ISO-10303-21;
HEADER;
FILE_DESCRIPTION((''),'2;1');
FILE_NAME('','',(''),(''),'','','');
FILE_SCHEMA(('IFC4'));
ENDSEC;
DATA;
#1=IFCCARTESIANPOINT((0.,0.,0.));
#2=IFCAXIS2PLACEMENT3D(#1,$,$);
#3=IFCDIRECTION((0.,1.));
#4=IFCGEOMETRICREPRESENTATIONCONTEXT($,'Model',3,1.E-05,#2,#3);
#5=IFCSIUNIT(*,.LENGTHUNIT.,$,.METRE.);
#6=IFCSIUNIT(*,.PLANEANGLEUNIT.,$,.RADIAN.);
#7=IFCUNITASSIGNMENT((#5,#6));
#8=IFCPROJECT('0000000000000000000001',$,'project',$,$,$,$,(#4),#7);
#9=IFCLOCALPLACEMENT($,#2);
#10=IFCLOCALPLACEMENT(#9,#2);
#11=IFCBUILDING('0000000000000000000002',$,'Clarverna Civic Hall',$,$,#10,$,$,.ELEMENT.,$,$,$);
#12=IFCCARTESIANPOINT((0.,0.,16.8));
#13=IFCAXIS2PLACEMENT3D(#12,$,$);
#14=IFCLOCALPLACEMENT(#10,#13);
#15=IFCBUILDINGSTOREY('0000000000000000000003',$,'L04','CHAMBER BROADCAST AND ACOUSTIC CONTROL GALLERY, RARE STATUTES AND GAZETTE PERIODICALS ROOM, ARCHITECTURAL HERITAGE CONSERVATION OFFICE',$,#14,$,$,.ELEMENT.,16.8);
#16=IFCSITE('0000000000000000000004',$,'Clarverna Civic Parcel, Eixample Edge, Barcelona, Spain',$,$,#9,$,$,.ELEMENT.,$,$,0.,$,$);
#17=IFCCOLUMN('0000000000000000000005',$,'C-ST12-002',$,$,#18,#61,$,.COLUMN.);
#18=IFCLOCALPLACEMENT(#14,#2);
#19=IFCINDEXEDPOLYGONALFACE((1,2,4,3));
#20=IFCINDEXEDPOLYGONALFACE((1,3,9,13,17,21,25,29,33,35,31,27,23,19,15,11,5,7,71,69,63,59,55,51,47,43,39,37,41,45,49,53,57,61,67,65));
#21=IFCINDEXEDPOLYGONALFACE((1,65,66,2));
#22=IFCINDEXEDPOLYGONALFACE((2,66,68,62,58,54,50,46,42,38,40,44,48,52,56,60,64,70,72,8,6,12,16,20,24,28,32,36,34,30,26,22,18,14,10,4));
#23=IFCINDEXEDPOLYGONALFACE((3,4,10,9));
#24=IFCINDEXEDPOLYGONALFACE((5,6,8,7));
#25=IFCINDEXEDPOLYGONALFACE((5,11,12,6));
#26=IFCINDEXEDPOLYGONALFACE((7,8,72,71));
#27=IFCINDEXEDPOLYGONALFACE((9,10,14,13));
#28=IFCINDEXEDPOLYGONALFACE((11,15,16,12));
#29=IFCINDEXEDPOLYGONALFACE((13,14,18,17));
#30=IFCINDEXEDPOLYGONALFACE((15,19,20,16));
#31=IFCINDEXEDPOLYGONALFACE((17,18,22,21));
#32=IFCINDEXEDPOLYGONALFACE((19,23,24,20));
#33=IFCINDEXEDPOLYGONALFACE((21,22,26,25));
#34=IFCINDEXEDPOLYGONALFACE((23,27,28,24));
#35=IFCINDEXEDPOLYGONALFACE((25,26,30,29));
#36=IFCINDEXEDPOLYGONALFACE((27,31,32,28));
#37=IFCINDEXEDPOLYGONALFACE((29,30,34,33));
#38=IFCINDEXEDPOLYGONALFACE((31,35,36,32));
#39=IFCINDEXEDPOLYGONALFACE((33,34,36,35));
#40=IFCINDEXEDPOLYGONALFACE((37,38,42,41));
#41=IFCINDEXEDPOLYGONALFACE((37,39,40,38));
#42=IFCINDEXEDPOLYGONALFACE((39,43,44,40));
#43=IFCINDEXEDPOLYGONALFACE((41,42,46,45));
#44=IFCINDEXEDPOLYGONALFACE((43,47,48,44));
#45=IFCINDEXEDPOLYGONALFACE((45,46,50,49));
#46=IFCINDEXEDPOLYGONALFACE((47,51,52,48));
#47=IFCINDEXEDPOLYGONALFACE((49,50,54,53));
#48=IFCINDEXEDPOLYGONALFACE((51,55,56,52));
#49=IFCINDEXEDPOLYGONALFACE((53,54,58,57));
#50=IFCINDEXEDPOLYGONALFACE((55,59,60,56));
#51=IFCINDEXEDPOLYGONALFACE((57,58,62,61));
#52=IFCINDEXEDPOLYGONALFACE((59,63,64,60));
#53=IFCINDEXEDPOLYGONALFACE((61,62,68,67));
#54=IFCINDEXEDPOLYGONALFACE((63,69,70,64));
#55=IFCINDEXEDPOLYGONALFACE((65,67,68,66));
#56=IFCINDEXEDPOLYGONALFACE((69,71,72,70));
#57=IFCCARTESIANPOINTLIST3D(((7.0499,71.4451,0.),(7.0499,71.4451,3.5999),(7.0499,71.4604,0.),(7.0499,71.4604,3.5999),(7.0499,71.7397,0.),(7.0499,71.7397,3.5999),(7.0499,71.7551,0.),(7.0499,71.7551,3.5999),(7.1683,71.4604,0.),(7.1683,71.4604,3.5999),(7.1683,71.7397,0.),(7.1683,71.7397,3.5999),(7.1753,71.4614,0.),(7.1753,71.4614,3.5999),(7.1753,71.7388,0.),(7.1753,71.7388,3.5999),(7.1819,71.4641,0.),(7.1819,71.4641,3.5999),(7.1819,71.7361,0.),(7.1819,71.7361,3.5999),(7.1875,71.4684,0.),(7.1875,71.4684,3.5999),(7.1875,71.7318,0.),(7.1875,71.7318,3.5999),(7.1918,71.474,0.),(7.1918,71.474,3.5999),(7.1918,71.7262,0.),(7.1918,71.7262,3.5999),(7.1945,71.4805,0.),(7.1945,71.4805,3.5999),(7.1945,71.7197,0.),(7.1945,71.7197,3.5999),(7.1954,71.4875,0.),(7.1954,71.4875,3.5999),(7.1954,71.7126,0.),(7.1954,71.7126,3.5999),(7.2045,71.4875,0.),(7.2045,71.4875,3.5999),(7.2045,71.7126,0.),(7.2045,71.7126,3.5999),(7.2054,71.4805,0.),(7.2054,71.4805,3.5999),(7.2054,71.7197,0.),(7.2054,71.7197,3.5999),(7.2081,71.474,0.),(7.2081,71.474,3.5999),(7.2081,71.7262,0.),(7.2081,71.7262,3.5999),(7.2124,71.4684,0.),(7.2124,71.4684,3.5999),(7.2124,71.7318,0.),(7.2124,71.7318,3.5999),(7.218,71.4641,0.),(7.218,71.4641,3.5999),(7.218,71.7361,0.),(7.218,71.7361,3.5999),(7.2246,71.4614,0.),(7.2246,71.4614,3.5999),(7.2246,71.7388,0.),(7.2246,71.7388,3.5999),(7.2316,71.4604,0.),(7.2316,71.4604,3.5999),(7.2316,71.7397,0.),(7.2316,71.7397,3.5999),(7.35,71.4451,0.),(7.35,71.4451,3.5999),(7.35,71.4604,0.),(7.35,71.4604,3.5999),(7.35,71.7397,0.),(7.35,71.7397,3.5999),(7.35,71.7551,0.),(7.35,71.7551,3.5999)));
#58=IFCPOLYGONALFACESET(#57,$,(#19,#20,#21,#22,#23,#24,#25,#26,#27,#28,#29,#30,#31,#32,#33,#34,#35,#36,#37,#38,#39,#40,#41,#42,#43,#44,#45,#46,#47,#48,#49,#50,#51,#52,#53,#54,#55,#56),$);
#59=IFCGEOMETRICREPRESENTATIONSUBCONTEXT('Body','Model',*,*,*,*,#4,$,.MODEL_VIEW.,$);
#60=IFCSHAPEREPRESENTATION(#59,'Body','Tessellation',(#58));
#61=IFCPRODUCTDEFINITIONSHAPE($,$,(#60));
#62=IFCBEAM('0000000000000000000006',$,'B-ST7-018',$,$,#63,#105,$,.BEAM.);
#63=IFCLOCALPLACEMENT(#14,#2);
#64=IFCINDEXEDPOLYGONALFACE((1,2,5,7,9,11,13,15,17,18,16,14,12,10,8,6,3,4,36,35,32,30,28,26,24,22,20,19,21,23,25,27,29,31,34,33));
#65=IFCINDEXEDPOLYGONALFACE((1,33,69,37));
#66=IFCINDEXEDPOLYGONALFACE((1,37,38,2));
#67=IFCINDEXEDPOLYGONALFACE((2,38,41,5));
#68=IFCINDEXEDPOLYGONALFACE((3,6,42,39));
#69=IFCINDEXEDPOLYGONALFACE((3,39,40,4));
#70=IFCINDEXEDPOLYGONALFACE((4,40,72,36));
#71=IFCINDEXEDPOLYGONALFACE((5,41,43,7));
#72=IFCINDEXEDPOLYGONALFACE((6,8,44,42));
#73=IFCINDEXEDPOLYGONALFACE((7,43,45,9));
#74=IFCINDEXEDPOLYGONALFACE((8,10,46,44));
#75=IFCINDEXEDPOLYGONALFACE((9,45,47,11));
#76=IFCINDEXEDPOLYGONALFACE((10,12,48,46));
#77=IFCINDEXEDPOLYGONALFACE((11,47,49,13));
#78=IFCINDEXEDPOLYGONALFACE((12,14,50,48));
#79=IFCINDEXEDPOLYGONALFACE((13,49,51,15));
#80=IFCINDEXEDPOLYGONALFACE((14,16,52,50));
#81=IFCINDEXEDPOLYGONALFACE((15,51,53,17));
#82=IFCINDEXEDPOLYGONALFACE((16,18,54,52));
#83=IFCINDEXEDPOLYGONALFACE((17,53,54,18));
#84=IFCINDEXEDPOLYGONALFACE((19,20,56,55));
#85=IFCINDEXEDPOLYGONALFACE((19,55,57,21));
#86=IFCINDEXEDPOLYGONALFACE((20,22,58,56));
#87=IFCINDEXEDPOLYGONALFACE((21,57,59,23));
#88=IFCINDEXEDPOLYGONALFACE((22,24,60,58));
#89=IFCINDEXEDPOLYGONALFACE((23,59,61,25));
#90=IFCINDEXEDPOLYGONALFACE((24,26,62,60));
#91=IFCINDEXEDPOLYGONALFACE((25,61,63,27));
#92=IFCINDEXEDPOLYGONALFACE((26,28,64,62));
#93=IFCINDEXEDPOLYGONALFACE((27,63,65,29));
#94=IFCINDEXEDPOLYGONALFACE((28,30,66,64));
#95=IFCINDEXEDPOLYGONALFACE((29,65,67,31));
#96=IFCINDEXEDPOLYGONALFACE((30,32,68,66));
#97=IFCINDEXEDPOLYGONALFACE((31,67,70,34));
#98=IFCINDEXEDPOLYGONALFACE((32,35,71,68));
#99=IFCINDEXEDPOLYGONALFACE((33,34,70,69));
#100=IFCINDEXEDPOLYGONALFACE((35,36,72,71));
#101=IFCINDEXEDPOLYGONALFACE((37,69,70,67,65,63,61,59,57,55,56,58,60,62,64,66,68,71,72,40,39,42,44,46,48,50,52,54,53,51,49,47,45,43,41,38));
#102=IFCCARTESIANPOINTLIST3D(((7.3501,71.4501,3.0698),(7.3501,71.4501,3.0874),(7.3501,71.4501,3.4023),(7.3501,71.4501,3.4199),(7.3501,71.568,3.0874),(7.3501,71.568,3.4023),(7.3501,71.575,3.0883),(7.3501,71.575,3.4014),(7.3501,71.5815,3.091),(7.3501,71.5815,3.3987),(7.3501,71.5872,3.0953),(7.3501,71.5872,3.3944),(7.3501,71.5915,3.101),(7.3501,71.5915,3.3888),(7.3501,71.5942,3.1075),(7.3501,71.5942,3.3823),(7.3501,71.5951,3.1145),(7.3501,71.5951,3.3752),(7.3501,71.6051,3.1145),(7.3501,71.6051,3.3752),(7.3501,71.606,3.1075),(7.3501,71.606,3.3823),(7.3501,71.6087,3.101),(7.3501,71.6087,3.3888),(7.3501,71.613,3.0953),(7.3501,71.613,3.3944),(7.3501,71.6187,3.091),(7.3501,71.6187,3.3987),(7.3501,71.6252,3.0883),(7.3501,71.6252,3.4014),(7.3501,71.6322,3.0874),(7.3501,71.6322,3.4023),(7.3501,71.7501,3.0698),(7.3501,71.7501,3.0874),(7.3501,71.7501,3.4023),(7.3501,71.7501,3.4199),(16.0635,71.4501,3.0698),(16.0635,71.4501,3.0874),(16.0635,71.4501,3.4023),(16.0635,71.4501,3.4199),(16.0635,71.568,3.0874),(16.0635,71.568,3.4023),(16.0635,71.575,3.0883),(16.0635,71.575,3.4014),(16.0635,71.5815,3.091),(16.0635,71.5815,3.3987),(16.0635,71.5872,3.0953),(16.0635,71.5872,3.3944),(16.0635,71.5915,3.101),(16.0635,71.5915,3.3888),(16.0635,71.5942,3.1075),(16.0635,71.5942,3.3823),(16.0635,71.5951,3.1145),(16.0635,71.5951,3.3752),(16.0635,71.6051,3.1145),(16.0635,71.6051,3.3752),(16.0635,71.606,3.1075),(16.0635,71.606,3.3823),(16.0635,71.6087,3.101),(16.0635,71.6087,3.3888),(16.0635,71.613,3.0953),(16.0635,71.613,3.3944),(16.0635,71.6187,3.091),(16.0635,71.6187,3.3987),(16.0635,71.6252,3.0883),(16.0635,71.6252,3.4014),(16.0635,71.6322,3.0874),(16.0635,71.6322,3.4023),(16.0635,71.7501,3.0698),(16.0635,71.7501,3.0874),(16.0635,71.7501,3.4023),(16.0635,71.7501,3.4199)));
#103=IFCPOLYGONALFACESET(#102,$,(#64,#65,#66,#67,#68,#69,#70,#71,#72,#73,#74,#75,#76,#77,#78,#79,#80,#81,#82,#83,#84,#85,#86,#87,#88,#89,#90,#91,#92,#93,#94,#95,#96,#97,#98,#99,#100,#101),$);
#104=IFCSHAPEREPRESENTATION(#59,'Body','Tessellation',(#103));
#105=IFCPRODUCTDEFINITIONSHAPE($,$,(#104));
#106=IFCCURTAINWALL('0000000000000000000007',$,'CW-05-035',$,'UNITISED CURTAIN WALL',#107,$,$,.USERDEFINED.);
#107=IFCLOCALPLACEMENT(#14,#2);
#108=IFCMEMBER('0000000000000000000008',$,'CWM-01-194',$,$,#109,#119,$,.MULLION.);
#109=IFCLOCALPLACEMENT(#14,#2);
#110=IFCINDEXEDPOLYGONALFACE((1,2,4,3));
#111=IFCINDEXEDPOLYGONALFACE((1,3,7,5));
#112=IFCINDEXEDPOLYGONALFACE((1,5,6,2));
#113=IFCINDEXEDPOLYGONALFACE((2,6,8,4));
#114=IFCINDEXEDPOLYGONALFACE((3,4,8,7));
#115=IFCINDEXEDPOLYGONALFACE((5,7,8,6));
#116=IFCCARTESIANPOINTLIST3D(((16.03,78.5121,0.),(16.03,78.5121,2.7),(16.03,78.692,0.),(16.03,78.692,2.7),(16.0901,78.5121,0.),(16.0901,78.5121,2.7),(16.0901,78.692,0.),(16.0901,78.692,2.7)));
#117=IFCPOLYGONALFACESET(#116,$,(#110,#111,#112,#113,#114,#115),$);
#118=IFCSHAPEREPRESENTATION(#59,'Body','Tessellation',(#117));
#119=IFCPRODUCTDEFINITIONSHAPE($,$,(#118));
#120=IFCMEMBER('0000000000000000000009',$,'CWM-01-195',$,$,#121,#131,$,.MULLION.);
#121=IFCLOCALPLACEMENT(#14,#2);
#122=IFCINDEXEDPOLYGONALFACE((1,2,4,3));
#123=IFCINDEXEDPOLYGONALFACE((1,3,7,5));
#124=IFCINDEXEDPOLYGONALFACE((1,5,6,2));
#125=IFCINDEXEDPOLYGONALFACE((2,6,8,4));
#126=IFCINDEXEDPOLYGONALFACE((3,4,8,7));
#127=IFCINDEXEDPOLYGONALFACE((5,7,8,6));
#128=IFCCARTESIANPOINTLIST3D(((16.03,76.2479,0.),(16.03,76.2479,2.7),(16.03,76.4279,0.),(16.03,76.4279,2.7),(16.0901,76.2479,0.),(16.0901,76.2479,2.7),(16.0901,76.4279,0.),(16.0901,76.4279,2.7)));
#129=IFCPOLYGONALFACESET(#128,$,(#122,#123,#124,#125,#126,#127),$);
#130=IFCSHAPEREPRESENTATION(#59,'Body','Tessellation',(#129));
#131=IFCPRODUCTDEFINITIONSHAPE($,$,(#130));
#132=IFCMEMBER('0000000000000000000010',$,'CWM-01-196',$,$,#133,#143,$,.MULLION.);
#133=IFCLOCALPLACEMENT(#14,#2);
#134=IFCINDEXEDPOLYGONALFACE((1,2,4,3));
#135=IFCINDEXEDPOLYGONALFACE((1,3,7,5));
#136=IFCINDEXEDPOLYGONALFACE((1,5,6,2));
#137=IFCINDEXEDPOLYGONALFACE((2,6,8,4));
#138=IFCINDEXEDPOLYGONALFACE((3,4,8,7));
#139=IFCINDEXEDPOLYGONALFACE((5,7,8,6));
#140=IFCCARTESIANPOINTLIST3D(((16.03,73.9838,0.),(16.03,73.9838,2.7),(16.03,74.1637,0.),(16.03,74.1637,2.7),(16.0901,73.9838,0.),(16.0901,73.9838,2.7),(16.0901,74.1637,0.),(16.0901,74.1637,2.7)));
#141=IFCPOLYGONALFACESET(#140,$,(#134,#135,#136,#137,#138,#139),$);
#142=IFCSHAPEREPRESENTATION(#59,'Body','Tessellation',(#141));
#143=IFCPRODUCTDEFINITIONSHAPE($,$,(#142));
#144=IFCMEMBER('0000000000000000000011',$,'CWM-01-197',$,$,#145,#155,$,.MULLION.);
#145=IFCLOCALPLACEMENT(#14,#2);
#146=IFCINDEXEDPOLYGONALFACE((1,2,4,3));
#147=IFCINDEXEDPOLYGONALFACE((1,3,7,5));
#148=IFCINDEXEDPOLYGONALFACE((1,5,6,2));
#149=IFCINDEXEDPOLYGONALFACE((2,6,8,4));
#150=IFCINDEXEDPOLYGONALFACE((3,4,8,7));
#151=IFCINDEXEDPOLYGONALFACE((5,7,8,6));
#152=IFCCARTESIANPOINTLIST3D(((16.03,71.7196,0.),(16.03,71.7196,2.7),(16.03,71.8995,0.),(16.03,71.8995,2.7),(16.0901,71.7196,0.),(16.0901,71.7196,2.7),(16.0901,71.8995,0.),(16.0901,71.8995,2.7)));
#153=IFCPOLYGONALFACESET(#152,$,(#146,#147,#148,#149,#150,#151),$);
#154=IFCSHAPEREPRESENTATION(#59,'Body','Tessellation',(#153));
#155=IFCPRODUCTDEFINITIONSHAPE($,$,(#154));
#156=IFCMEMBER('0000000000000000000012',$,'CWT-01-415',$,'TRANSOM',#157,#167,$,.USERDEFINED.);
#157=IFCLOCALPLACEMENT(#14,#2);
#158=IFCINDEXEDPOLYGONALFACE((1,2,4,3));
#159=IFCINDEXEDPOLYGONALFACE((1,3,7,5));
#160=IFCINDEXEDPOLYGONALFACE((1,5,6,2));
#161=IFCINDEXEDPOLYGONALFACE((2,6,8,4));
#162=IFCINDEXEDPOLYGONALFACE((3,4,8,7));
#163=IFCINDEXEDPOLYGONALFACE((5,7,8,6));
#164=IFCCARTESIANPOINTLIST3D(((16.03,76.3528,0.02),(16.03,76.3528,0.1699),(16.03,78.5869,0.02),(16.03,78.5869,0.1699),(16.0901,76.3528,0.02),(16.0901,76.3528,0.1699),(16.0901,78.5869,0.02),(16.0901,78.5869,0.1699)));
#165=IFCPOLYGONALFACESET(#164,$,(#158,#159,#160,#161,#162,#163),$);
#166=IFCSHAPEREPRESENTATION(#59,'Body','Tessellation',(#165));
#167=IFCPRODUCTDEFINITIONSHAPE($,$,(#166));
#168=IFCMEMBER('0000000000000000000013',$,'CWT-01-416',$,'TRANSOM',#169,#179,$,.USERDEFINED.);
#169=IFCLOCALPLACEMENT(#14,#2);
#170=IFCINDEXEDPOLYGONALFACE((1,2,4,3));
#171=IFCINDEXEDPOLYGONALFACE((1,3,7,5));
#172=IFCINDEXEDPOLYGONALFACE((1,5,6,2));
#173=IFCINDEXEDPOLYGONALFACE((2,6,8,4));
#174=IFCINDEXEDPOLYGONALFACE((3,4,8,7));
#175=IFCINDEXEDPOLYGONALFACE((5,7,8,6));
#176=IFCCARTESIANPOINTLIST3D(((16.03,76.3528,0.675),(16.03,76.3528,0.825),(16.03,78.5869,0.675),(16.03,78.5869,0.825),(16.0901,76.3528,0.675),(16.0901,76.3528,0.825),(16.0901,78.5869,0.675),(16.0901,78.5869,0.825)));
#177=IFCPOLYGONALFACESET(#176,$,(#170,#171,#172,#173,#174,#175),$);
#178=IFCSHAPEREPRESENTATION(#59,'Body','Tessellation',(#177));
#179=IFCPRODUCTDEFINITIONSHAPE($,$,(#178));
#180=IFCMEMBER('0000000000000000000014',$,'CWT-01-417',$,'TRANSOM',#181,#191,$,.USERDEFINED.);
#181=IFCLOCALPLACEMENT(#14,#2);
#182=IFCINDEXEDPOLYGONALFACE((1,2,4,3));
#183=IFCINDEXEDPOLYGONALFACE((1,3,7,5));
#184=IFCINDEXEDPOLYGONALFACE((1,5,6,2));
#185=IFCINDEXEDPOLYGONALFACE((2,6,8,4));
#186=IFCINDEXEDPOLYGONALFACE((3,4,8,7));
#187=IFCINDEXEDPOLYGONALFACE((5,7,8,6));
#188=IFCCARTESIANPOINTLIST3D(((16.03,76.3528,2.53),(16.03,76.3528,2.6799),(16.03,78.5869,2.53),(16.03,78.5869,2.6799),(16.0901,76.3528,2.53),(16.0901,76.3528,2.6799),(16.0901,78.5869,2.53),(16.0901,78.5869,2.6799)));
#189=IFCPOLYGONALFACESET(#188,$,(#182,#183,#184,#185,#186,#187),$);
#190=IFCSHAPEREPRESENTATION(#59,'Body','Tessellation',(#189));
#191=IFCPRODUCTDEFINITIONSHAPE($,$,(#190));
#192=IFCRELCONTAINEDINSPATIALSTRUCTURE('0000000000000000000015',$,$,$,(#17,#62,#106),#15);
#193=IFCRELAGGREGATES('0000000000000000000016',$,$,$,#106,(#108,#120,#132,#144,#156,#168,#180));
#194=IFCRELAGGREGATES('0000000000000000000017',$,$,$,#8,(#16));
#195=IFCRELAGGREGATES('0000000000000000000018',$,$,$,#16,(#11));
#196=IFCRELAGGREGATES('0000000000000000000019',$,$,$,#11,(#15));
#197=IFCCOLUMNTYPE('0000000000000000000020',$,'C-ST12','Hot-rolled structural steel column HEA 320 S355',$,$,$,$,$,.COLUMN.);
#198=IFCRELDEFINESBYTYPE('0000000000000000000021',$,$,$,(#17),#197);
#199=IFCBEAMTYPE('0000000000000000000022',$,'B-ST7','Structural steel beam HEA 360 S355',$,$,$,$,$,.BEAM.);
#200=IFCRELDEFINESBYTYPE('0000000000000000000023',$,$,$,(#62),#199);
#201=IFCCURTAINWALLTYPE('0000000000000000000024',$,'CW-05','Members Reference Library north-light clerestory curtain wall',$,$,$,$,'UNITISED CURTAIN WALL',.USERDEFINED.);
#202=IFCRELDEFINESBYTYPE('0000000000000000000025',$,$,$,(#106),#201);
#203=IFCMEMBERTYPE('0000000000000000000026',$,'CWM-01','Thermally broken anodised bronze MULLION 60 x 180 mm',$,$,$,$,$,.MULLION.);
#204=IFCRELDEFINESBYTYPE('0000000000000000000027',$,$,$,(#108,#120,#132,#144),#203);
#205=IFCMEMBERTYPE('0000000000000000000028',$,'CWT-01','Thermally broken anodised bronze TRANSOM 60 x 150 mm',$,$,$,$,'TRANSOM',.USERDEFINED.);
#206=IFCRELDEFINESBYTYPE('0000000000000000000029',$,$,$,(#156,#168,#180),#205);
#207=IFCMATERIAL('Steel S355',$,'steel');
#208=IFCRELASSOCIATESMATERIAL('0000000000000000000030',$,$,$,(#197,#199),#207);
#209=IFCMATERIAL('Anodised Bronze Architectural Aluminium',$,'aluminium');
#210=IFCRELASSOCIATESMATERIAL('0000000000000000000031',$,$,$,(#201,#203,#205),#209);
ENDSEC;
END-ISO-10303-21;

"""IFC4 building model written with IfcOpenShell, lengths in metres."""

from ifc_helpers import new_model, si_unit, direction, frame, origin, origin_2d, place, context, subcontext, project, spatial, rectangle, i_section, extrude, material, material_profile, profile_set, type_object, element, aggregate, save


model = new_model("IFC4")

# Units and contexts
model_context = context("Model", 3, precision=1e-05, world=origin(), true_north=direction((0.0, 1.0)))
body_context = subcontext(model_context, "Body", "Model", "MODEL_VIEW")
ifc_project = project(units=[si_unit("LENGTHUNIT", "METRE"), si_unit("PLANEANGLEUNIT", "RADIAN")], contexts=[model_context])

# Site, building, storey
site_placement = place(None, origin())
site = spatial("IfcSite", under=ifc_project, at=site_placement, Name="Clarverna Civic Parcel, Eixample Edge, Barcelona, Spain", CompositionType="ELEMENT", RefElevation=0.0)
building_placement = place(site_placement, origin())
building = spatial("IfcBuilding", under=site, at=building_placement, Name="Clarverna Civic Hall", CompositionType="ELEMENT")
storey_placement = place(building_placement, frame((0.0, 0.0, 16.8)))
storey = spatial("IfcBuildingStorey", under=building, at=storey_placement, Name="L04", Description="CHAMBER BROADCAST AND ACOUSTIC CONTROL GALLERY, RARE STATUTES AND GAZETTE PERIODICALS ROOM, ARCHITECTURAL HERITAGE CONSERVATION OFFICE", CompositionType="ELEMENT", Elevation=16.8)

# Column
ifc_material_1 = material(Name="Steel S355", Category="steel")
ifc_material_profile_1 = material_profile(ifc_material_1, i_section(OverallWidth=0.3, OverallDepth=0.3101, WebThickness=0.009, FlangeThickness=0.0154, FilletRadius=0.0271, at=origin_2d()), Name="HEA 320")
ifc_profile_set_1 = profile_set([ifc_material_profile_1], Name="Steel S355")
column_type = type_object("IfcColumnType", Name="C-ST12", Description="Hot-rolled structural steel column HEA 320 S355", PredefinedType="COLUMN", material=ifc_profile_set_1)
column_placement = place(storey_placement, frame((7.2, 71.6001, 0.0), z_axis=(0.0, 0.0, 1.0), x_axis=(1.0, 0.0, 0.0)))
element("IfcColumn", 1, at=column_placement, inside=storey, type_object=column_type, Name="C-ST12-002", PredefinedType="COLUMN", context=body_context, shape_type="SweptSolid", body=[
    extrude(i_section(OverallWidth=0.3, OverallDepth=0.3101, WebThickness=0.009, FlangeThickness=0.0154, FilletRadius=0.0271, at=origin_2d()), origin(), (0.0, 0.0, 1.0), 3.5999),
])

# Beam
ifc_material_profile_2 = material_profile(ifc_material_1, i_section(OverallWidth=0.3, OverallDepth=0.3501, WebThickness=0.01, FlangeThickness=0.0176, FilletRadius=0.0271, at=origin_2d()), Name="HEA 360")
ifc_profile_set_2 = profile_set([ifc_material_profile_2], Name="Steel S355")
beam_type = type_object("IfcBeamType", Name="B-ST7", Description="Structural steel beam HEA 360 S355", PredefinedType="BEAM", material=ifc_profile_set_2)
beam_placement = place(storey_placement, frame((7.3501, 71.6001, 3.2449), z_axis=(1.0, 0.0, 0.0), x_axis=(0.0, 1.0, 0.0)))
element("IfcBeam", 2, at=beam_placement, inside=storey, type_object=beam_type, Name="B-ST7-018", PredefinedType="BEAM", context=body_context, shape_type="SweptSolid", body=[
    extrude(i_section(OverallWidth=0.3, OverallDepth=0.3501, WebThickness=0.01, FlangeThickness=0.0176, FilletRadius=0.0271, at=origin_2d()), origin(), (0.0, 0.0, 1.0), 8.7134),
])

# Curtain wall, members
ifc_material_2 = material(Name="Anodised Bronze Architectural Aluminium", Category="aluminium")
curtain_wall_type = type_object("IfcCurtainWallType", Name="CW-05", Description="Members Reference Library north-light clerestory curtain wall", ElementType="UNITISED CURTAIN WALL", PredefinedType="USERDEFINED", material=ifc_material_2)
curtain_wall_placement = place(storey_placement, origin())
curtain_wall = element("IfcCurtainWall", 3, at=curtain_wall_placement, inside=storey, type_object=curtain_wall_type, Name="CW-05-035", ObjectType="UNITISED CURTAIN WALL", PredefinedType="USERDEFINED")
ifc_material_profile_3 = material_profile(ifc_material_2, rectangle(XDim=0.0601, YDim=0.1799, at=origin_2d()), Name="BRONZE 60x180")
ifc_profile_set_3 = profile_set([ifc_material_profile_3], Name="Anodised Bronze Architectural Aluminium")
member_type_1 = type_object("IfcMemberType", Name="CWM-01", Description="Thermally broken anodised bronze MULLION 60 x 180 mm", PredefinedType="MULLION", material=ifc_profile_set_3)
member_1_placement = place(storey_placement, frame((16.0601, 78.6021, 0.0), z_axis=(0.0, 0.0, 1.0), x_axis=(1.0, 0.0, 0.0)))
member_1 = element("IfcMember", 4, at=member_1_placement, type_object=member_type_1, Name="CWM-01-194", PredefinedType="MULLION", context=body_context, shape_type="SweptSolid", body=[
    extrude(rectangle(XDim=0.0601, YDim=0.1799, at=origin_2d()), origin(), (0.0, 0.0, 1.0), 2.7),
])
member_2_placement = place(storey_placement, frame((16.0601, 76.3379, 0.0), z_axis=(0.0, 0.0, 1.0), x_axis=(1.0, 0.0, 0.0)))
member_2 = element("IfcMember", 5, at=member_2_placement, type_object=member_type_1, Name="CWM-01-195", PredefinedType="MULLION", context=body_context, shape_type="SweptSolid", body=[
    extrude(rectangle(XDim=0.0601, YDim=0.1799, at=origin_2d()), origin(), (0.0, 0.0, 1.0), 2.7),
])
member_3_placement = place(storey_placement, frame((16.0601, 74.0737, 0.0), z_axis=(0.0, 0.0, 1.0), x_axis=(1.0, 0.0, 0.0)))
member_3 = element("IfcMember", 6, at=member_3_placement, type_object=member_type_1, Name="CWM-01-196", PredefinedType="MULLION", context=body_context, shape_type="SweptSolid", body=[
    extrude(rectangle(XDim=0.0601, YDim=0.1799, at=origin_2d()), origin(), (0.0, 0.0, 1.0), 2.7),
])
member_4_placement = place(storey_placement, frame((16.0601, 71.8096, 0.0), z_axis=(0.0, 0.0, 1.0), x_axis=(1.0, 0.0, 0.0)))
member_4 = element("IfcMember", 7, at=member_4_placement, type_object=member_type_1, Name="CWM-01-197", PredefinedType="MULLION", context=body_context, shape_type="SweptSolid", body=[
    extrude(rectangle(XDim=0.0601, YDim=0.1799, at=origin_2d()), origin(), (0.0, 0.0, 1.0), 2.7),
])
ifc_material_profile_4 = material_profile(ifc_material_2, rectangle(XDim=0.0601, YDim=0.1499, at=origin_2d()), Name="BRONZE 60x150")
ifc_profile_set_4 = profile_set([ifc_material_profile_4], Name="Anodised Bronze Architectural Aluminium")
member_type_2 = type_object("IfcMemberType", Name="CWT-01", Description="Thermally broken anodised bronze TRANSOM 60 x 150 mm", ElementType="TRANSOM", PredefinedType="USERDEFINED", material=ifc_profile_set_4)
member_5_placement = place(storey_placement, frame((16.0601, 78.5869, 0.095), z_axis=(0.0, -1.0, 0.0), x_axis=(1.0, 0.0, 0.0)))
member_5 = element("IfcMember", 8, at=member_5_placement, type_object=member_type_2, Name="CWT-01-415", ObjectType="TRANSOM", PredefinedType="USERDEFINED", context=body_context, shape_type="SweptSolid", body=[
    extrude(rectangle(XDim=0.0601, YDim=0.1499, at=origin_2d()), origin(), (0.0, 0.0, 1.0), 2.2341),
])
member_6_placement = place(storey_placement, frame((16.0601, 78.5869, 0.75), z_axis=(0.0, -1.0, 0.0), x_axis=(1.0, 0.0, 0.0)))
member_6 = element("IfcMember", 9, at=member_6_placement, type_object=member_type_2, Name="CWT-01-416", ObjectType="TRANSOM", PredefinedType="USERDEFINED", context=body_context, shape_type="SweptSolid", body=[
    extrude(rectangle(XDim=0.0601, YDim=0.1499, at=origin_2d()), origin(), (0.0, 0.0, 1.0), 2.2341),
])
member_7_placement = place(storey_placement, frame((16.0601, 78.5869, 2.605), z_axis=(0.0, -1.0, 0.0), x_axis=(1.0, 0.0, 0.0)))
member_7 = element("IfcMember", 10, at=member_7_placement, type_object=member_type_2, Name="CWT-01-417", ObjectType="TRANSOM", PredefinedType="USERDEFINED", context=body_context, shape_type="SweptSolid", body=[
    extrude(rectangle(XDim=0.0601, YDim=0.1499, at=origin_2d()), origin(), (0.0, 0.0, 1.0), 2.2341),
])
aggregate(curtain_wall, [member_1, member_2, member_3, member_4, member_5, member_6, member_7])

save(model, "model.ifc")
